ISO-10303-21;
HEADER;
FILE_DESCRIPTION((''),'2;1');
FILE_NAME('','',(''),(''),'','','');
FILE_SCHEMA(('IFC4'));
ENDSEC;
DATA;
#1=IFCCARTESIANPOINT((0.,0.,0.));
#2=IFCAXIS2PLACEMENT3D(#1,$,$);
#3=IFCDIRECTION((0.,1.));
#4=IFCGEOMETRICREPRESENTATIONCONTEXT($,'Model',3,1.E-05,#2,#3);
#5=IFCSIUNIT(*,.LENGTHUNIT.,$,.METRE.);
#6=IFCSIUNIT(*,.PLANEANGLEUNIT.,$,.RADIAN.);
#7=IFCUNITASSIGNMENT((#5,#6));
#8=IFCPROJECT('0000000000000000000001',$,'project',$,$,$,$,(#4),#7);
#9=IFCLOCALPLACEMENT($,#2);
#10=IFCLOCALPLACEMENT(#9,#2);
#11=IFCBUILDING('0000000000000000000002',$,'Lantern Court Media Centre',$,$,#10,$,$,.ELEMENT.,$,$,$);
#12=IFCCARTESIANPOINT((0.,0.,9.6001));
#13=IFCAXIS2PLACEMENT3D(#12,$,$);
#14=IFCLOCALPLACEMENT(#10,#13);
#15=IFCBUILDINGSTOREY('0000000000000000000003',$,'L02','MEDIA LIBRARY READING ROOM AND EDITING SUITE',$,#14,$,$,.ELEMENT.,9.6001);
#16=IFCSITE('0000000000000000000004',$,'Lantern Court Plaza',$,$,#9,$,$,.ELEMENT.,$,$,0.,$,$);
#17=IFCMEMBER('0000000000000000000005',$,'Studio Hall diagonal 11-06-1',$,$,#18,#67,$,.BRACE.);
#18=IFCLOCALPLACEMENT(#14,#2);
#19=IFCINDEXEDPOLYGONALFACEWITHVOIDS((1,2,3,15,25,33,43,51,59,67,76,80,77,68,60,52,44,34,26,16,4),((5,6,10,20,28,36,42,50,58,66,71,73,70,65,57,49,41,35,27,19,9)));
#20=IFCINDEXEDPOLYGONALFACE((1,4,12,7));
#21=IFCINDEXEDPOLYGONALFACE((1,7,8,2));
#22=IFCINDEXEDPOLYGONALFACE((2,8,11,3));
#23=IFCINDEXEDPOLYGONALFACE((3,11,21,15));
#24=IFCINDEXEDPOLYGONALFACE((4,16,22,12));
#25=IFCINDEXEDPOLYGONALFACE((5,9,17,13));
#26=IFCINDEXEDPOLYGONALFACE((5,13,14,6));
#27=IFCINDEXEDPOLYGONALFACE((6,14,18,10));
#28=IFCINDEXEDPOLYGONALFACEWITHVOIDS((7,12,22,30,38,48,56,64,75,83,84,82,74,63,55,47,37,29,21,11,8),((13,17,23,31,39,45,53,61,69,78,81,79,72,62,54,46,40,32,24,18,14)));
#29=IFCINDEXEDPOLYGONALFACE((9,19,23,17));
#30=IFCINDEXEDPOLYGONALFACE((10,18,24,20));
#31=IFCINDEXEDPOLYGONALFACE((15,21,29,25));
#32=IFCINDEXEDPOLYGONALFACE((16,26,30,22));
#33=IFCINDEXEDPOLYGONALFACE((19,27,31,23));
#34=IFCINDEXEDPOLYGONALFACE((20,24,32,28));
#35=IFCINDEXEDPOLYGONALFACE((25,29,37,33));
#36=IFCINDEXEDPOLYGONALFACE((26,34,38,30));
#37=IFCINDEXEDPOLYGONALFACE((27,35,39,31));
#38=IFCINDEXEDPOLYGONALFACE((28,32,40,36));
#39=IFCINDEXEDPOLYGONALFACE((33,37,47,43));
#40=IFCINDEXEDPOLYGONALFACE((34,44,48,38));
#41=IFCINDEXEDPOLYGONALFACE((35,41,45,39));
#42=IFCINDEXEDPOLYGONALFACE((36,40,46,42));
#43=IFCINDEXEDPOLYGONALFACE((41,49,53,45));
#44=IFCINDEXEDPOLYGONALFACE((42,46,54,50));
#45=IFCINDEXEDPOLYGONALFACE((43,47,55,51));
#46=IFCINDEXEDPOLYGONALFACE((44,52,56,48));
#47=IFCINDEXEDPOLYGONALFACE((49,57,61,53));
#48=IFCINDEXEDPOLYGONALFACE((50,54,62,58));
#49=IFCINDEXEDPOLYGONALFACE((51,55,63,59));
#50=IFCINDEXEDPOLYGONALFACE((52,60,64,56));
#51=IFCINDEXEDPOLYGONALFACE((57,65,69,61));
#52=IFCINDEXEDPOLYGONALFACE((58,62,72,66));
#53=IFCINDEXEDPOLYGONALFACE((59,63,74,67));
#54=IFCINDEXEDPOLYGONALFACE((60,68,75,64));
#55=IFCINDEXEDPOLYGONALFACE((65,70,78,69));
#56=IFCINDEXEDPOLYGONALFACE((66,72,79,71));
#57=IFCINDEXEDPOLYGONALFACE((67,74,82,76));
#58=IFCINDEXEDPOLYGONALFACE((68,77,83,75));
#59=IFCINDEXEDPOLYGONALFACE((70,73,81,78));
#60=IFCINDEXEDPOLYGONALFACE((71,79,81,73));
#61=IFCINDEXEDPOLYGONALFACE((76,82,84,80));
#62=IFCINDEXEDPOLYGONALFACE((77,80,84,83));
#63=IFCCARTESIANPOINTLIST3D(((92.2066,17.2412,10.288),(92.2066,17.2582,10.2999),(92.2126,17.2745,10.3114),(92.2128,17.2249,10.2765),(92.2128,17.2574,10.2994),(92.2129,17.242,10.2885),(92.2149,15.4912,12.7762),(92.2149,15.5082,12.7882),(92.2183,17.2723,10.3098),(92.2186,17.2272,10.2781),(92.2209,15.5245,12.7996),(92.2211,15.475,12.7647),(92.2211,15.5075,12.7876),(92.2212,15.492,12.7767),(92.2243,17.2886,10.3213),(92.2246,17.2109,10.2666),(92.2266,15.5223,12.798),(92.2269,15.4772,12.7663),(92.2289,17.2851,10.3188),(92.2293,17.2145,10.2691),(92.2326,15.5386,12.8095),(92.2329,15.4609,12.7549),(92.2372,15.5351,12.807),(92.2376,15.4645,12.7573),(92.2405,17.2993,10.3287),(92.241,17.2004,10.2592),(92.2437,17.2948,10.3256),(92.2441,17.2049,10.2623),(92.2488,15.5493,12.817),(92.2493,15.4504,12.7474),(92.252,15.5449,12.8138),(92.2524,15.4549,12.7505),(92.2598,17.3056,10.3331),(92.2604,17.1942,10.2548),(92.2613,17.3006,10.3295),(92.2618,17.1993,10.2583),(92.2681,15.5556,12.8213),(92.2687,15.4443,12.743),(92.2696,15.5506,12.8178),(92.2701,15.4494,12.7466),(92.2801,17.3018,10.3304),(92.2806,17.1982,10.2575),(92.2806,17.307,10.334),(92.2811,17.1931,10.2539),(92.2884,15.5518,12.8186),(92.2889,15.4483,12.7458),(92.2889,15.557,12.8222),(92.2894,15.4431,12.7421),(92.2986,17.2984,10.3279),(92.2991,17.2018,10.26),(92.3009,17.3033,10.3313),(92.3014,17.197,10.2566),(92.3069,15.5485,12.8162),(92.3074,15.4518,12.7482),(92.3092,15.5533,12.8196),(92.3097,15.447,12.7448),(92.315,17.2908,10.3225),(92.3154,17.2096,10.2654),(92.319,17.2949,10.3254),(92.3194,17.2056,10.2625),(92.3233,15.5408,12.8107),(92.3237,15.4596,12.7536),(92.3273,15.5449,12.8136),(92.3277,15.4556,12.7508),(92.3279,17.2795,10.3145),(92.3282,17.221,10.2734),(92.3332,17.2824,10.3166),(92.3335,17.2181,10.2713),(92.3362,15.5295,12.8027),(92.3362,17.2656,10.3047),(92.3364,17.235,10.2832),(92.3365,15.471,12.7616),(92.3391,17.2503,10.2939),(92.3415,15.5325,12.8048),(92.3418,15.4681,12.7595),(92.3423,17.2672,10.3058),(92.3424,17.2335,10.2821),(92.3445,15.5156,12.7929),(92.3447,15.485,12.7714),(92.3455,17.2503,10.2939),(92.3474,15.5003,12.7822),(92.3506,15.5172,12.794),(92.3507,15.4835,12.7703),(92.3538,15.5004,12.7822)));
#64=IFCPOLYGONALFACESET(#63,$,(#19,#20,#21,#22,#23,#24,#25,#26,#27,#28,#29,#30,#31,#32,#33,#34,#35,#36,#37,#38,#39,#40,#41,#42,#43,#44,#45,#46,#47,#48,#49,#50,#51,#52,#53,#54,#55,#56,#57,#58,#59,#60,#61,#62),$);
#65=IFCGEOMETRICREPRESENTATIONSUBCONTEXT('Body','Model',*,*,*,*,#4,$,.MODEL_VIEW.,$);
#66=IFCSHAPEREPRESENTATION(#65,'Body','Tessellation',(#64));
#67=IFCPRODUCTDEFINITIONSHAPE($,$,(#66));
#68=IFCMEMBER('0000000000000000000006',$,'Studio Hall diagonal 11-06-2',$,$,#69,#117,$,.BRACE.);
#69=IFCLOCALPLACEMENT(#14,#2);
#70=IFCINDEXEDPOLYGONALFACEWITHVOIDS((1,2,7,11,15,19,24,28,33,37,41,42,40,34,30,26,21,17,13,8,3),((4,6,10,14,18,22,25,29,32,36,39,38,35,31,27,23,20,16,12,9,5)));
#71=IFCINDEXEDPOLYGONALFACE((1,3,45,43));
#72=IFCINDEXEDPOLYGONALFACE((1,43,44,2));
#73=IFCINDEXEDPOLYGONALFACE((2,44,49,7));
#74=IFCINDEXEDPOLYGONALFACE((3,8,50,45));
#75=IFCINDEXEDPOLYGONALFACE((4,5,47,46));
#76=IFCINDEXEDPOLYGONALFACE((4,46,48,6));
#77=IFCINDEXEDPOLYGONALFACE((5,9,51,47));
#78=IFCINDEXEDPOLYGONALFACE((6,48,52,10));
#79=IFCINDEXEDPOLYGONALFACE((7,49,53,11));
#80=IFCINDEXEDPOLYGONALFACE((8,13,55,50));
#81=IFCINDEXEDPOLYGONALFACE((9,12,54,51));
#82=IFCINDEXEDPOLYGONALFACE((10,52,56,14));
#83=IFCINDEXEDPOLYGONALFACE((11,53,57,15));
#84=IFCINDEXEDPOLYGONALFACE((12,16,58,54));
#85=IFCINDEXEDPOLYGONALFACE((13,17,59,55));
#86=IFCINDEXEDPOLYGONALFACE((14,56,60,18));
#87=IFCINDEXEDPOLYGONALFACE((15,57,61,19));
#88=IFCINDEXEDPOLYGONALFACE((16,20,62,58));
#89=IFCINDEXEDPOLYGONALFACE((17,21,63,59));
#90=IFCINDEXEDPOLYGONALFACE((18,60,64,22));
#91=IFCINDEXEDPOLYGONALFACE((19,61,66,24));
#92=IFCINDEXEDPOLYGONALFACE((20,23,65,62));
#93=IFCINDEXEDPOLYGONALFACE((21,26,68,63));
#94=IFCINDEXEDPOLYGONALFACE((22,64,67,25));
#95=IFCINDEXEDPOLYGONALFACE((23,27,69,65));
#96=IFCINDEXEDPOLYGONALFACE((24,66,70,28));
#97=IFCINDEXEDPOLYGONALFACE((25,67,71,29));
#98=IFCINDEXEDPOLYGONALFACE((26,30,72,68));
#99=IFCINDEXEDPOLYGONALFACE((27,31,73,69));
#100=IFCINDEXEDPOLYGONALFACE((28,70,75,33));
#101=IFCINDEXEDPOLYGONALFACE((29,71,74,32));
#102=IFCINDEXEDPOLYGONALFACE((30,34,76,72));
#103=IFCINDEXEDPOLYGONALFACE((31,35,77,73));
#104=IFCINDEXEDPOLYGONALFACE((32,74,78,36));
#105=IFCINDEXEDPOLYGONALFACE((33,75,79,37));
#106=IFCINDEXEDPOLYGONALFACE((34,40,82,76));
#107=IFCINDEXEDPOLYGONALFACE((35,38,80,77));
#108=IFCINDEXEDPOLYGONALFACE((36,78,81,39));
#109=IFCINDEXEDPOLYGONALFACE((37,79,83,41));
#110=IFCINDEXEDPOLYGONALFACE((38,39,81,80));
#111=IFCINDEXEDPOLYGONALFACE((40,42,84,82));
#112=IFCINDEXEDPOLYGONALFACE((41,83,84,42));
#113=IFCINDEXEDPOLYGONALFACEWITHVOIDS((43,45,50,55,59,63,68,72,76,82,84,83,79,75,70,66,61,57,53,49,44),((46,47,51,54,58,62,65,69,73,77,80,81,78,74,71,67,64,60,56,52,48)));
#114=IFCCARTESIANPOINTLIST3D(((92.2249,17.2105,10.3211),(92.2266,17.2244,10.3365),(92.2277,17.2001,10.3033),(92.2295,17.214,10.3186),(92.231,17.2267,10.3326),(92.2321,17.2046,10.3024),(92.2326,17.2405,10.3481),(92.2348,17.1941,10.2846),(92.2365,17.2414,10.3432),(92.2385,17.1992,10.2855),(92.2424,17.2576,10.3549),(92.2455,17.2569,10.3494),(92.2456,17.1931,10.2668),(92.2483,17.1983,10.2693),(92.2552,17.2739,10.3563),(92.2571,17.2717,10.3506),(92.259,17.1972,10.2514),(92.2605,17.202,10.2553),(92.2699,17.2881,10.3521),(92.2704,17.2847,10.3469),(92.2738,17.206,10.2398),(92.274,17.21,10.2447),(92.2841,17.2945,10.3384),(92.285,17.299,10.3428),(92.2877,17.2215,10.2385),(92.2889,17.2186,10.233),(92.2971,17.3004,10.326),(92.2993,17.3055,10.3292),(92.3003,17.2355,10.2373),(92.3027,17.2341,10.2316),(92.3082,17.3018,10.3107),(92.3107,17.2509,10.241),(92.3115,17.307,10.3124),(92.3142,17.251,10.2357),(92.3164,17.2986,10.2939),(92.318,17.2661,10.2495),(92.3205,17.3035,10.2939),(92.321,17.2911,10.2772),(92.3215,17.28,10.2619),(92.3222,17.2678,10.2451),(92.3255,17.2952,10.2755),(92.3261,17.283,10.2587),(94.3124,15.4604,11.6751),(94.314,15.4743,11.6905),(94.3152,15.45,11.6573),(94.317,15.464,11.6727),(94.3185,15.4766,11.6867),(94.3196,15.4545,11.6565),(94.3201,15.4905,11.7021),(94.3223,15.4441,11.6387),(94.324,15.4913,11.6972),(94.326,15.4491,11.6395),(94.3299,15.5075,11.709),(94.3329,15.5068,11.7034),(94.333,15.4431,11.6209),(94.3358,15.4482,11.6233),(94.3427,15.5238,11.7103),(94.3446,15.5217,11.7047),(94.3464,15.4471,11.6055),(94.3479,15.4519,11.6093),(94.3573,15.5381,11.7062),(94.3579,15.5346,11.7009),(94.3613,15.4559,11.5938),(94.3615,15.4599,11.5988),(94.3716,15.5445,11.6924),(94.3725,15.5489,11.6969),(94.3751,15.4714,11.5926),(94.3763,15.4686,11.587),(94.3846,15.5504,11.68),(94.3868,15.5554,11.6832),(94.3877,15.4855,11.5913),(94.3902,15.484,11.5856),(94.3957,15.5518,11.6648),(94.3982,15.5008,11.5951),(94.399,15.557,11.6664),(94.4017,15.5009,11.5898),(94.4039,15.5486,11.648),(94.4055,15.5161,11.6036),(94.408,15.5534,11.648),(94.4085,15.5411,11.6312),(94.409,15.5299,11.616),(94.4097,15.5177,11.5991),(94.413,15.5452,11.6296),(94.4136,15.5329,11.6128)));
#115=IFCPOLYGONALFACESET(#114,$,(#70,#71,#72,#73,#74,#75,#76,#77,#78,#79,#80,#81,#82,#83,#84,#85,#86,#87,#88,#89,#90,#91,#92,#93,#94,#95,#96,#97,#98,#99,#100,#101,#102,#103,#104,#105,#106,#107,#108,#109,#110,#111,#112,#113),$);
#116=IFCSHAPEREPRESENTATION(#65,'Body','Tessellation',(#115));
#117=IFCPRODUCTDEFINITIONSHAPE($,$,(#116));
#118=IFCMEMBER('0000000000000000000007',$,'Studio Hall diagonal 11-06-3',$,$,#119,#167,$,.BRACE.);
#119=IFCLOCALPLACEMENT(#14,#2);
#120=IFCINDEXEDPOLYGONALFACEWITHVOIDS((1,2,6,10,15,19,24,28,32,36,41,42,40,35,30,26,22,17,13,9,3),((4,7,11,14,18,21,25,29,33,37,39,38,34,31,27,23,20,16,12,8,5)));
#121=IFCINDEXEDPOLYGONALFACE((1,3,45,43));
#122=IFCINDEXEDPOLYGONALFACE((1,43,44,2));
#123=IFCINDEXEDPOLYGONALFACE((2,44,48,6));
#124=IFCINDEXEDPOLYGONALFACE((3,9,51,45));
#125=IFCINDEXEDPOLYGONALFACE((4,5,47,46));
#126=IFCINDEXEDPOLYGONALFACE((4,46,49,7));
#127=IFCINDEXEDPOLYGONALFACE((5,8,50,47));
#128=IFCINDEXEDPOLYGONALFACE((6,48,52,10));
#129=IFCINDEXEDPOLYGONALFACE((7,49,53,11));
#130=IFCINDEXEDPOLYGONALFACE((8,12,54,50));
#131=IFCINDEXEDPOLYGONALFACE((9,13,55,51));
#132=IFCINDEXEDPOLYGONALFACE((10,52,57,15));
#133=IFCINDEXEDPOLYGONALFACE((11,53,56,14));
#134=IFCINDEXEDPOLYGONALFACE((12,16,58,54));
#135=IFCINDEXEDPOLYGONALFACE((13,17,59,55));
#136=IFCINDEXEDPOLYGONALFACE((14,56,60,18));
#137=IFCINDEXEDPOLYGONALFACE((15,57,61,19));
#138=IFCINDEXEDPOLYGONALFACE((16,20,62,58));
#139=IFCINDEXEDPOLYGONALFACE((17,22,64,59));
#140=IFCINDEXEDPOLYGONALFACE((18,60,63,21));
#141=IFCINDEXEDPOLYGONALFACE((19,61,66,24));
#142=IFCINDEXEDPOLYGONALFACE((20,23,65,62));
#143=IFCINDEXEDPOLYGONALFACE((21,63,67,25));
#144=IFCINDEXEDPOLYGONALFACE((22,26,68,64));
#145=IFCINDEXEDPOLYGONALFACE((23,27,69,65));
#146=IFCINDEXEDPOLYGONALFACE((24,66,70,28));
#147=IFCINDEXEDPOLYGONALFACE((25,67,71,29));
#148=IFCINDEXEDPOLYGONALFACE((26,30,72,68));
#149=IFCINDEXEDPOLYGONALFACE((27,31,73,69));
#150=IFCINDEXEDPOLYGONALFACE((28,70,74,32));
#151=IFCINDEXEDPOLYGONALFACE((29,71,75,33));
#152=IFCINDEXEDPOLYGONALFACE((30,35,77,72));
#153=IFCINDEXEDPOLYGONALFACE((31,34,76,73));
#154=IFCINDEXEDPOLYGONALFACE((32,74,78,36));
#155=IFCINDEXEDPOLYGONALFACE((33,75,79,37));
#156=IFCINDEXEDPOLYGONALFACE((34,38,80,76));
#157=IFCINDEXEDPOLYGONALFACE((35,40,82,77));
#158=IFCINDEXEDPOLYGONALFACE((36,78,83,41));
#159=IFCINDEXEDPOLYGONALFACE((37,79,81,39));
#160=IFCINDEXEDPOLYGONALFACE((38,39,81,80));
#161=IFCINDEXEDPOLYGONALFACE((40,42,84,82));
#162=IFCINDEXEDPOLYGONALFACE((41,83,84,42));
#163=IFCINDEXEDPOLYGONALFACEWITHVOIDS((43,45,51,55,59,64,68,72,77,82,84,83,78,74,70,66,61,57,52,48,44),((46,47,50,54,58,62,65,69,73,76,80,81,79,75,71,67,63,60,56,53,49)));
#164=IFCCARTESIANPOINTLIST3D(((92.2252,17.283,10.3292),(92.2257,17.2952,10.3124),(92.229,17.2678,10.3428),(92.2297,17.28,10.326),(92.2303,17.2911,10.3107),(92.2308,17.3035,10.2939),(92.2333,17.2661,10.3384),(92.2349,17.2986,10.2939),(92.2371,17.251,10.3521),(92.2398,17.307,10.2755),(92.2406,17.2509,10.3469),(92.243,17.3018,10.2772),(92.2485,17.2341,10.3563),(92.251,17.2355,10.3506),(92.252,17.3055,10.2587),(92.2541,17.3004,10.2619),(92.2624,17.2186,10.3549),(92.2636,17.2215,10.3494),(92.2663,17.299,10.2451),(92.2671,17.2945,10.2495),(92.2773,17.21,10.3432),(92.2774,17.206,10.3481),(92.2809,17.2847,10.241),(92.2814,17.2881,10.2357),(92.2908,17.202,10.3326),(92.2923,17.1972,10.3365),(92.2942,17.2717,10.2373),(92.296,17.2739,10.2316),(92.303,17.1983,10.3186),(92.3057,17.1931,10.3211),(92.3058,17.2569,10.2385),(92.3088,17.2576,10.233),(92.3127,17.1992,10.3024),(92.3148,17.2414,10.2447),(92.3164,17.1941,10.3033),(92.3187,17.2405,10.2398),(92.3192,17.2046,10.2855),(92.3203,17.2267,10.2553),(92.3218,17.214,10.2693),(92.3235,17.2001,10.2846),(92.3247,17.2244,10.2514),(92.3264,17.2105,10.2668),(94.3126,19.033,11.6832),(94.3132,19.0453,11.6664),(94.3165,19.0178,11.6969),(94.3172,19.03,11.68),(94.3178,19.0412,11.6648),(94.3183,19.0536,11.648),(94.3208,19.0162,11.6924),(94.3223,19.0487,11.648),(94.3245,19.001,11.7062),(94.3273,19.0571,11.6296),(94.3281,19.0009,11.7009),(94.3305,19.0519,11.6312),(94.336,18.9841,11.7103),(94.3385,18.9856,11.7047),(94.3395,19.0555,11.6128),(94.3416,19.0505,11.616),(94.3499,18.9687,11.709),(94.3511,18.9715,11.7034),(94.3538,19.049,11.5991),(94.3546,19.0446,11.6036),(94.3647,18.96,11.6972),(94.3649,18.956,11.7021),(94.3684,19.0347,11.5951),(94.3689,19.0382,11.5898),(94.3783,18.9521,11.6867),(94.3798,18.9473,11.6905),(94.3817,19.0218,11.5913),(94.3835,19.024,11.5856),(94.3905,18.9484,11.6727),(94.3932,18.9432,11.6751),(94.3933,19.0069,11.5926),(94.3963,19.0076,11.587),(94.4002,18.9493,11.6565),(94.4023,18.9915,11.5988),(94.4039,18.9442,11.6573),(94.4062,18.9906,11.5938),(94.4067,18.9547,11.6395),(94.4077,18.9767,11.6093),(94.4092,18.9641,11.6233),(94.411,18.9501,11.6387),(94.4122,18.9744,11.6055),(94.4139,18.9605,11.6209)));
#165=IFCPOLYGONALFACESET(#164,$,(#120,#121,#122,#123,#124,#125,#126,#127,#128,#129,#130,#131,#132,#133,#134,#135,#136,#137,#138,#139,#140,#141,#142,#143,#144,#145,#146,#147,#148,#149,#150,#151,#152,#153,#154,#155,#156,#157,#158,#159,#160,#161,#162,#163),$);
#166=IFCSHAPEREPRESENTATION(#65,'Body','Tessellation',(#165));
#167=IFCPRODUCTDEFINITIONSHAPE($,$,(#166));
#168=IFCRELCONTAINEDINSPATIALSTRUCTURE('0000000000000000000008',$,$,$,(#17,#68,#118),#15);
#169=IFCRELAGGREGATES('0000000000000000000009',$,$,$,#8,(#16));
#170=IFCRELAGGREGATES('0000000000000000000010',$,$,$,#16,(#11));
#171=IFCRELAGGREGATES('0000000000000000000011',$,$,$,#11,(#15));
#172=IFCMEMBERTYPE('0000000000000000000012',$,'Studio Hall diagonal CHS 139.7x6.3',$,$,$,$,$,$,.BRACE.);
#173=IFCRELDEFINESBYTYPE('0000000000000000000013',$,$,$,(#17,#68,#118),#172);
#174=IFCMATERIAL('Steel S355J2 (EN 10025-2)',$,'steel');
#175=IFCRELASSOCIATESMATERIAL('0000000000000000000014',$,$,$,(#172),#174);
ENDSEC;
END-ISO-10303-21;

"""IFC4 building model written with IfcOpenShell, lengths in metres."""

from ifc_helpers import new_model, si_unit, direction, frame, origin, origin_2d, place, context, subcontext, project, spatial, hollow_circle, extrude, material, material_profile, profile_set, type_object, element, save


model = new_model("IFC4")

# Units and contexts
model_context = context("Model", 3, precision=1e-05, world=origin(), true_north=direction((0.0, 1.0)))
body_context = subcontext(model_context, "Body", "Model", "MODEL_VIEW")
ifc_project = project(units=[si_unit("LENGTHUNIT", "METRE"), si_unit("PLANEANGLEUNIT", "RADIAN")], contexts=[model_context])

# Site, building, storey
site_placement = place(None, origin())
site = spatial("IfcSite", under=ifc_project, at=site_placement, Name="Lantern Court Plaza", CompositionType="ELEMENT", RefElevation=0.0)
building_placement = place(site_placement, origin())
building = spatial("IfcBuilding", under=site, at=building_placement, Name="Lantern Court Media Centre", CompositionType="ELEMENT")
storey_placement = place(building_placement, frame((0.0, 0.0, 9.6001)))
storey = spatial("IfcBuildingStorey", under=building, at=storey_placement, Name="L02", Description="MEDIA LIBRARY READING ROOM AND EDITING SUITE", CompositionType="ELEMENT", Elevation=9.6001)

# Members
ifc_material = material(Name="Steel S355J2 (EN 10025-2)", Category="steel")
ifc_material_profile_1 = material_profile(ifc_material, hollow_circle(Radius=0.0698, WallThickness=0.0063, at=origin_2d()), Name="Studio Hall diagonal CHS 139.7x6.3")
ifc_profile_set_1 = profile_set([ifc_material_profile_1], Name="Steel S355J2 (EN 10025-2)")
member_type_1 = type_object("IfcMemberType", Name="Studio Hall diagonal CHS 139.7x6.3", PredefinedType="BRACE", material=ifc_profile_set_1)
for number, where, z_axis, x_axis, name in (
    (1, (92.2756, 17.25, 10.2939), (0.002729, -0.575269, 0.81796), (0.999989, 0.004743, 0.0), "Studio Hall diagonal 11-06-1"),
    (2, (92.2756, 17.25, 10.2939), (0.68622, -0.575301, 0.44512), (0.642456, 0.766322, 0.0), "Studio Hall diagonal 11-06-2"),
    (3, (92.2756, 17.25, 10.2939), (0.68622, 0.575301, 0.44512), (-0.642456, 0.766322, 0.0), "Studio Hall diagonal 11-06-3"),
):
    element("IfcMember", number, at=place(storey_placement, frame(where, z_axis=z_axis, x_axis=x_axis)), inside=storey, type_object=member_type_1, Name=name, PredefinedType="BRACE", context=body_context, shape_type="SweptSolid", body=[
        extrude(hollow_circle(Radius=0.0698, WallThickness=0.0063, at=origin_2d()), origin(), (0.0, 0.0, 1.0), 3.042),
    ])

save(model, "model.ifc")
